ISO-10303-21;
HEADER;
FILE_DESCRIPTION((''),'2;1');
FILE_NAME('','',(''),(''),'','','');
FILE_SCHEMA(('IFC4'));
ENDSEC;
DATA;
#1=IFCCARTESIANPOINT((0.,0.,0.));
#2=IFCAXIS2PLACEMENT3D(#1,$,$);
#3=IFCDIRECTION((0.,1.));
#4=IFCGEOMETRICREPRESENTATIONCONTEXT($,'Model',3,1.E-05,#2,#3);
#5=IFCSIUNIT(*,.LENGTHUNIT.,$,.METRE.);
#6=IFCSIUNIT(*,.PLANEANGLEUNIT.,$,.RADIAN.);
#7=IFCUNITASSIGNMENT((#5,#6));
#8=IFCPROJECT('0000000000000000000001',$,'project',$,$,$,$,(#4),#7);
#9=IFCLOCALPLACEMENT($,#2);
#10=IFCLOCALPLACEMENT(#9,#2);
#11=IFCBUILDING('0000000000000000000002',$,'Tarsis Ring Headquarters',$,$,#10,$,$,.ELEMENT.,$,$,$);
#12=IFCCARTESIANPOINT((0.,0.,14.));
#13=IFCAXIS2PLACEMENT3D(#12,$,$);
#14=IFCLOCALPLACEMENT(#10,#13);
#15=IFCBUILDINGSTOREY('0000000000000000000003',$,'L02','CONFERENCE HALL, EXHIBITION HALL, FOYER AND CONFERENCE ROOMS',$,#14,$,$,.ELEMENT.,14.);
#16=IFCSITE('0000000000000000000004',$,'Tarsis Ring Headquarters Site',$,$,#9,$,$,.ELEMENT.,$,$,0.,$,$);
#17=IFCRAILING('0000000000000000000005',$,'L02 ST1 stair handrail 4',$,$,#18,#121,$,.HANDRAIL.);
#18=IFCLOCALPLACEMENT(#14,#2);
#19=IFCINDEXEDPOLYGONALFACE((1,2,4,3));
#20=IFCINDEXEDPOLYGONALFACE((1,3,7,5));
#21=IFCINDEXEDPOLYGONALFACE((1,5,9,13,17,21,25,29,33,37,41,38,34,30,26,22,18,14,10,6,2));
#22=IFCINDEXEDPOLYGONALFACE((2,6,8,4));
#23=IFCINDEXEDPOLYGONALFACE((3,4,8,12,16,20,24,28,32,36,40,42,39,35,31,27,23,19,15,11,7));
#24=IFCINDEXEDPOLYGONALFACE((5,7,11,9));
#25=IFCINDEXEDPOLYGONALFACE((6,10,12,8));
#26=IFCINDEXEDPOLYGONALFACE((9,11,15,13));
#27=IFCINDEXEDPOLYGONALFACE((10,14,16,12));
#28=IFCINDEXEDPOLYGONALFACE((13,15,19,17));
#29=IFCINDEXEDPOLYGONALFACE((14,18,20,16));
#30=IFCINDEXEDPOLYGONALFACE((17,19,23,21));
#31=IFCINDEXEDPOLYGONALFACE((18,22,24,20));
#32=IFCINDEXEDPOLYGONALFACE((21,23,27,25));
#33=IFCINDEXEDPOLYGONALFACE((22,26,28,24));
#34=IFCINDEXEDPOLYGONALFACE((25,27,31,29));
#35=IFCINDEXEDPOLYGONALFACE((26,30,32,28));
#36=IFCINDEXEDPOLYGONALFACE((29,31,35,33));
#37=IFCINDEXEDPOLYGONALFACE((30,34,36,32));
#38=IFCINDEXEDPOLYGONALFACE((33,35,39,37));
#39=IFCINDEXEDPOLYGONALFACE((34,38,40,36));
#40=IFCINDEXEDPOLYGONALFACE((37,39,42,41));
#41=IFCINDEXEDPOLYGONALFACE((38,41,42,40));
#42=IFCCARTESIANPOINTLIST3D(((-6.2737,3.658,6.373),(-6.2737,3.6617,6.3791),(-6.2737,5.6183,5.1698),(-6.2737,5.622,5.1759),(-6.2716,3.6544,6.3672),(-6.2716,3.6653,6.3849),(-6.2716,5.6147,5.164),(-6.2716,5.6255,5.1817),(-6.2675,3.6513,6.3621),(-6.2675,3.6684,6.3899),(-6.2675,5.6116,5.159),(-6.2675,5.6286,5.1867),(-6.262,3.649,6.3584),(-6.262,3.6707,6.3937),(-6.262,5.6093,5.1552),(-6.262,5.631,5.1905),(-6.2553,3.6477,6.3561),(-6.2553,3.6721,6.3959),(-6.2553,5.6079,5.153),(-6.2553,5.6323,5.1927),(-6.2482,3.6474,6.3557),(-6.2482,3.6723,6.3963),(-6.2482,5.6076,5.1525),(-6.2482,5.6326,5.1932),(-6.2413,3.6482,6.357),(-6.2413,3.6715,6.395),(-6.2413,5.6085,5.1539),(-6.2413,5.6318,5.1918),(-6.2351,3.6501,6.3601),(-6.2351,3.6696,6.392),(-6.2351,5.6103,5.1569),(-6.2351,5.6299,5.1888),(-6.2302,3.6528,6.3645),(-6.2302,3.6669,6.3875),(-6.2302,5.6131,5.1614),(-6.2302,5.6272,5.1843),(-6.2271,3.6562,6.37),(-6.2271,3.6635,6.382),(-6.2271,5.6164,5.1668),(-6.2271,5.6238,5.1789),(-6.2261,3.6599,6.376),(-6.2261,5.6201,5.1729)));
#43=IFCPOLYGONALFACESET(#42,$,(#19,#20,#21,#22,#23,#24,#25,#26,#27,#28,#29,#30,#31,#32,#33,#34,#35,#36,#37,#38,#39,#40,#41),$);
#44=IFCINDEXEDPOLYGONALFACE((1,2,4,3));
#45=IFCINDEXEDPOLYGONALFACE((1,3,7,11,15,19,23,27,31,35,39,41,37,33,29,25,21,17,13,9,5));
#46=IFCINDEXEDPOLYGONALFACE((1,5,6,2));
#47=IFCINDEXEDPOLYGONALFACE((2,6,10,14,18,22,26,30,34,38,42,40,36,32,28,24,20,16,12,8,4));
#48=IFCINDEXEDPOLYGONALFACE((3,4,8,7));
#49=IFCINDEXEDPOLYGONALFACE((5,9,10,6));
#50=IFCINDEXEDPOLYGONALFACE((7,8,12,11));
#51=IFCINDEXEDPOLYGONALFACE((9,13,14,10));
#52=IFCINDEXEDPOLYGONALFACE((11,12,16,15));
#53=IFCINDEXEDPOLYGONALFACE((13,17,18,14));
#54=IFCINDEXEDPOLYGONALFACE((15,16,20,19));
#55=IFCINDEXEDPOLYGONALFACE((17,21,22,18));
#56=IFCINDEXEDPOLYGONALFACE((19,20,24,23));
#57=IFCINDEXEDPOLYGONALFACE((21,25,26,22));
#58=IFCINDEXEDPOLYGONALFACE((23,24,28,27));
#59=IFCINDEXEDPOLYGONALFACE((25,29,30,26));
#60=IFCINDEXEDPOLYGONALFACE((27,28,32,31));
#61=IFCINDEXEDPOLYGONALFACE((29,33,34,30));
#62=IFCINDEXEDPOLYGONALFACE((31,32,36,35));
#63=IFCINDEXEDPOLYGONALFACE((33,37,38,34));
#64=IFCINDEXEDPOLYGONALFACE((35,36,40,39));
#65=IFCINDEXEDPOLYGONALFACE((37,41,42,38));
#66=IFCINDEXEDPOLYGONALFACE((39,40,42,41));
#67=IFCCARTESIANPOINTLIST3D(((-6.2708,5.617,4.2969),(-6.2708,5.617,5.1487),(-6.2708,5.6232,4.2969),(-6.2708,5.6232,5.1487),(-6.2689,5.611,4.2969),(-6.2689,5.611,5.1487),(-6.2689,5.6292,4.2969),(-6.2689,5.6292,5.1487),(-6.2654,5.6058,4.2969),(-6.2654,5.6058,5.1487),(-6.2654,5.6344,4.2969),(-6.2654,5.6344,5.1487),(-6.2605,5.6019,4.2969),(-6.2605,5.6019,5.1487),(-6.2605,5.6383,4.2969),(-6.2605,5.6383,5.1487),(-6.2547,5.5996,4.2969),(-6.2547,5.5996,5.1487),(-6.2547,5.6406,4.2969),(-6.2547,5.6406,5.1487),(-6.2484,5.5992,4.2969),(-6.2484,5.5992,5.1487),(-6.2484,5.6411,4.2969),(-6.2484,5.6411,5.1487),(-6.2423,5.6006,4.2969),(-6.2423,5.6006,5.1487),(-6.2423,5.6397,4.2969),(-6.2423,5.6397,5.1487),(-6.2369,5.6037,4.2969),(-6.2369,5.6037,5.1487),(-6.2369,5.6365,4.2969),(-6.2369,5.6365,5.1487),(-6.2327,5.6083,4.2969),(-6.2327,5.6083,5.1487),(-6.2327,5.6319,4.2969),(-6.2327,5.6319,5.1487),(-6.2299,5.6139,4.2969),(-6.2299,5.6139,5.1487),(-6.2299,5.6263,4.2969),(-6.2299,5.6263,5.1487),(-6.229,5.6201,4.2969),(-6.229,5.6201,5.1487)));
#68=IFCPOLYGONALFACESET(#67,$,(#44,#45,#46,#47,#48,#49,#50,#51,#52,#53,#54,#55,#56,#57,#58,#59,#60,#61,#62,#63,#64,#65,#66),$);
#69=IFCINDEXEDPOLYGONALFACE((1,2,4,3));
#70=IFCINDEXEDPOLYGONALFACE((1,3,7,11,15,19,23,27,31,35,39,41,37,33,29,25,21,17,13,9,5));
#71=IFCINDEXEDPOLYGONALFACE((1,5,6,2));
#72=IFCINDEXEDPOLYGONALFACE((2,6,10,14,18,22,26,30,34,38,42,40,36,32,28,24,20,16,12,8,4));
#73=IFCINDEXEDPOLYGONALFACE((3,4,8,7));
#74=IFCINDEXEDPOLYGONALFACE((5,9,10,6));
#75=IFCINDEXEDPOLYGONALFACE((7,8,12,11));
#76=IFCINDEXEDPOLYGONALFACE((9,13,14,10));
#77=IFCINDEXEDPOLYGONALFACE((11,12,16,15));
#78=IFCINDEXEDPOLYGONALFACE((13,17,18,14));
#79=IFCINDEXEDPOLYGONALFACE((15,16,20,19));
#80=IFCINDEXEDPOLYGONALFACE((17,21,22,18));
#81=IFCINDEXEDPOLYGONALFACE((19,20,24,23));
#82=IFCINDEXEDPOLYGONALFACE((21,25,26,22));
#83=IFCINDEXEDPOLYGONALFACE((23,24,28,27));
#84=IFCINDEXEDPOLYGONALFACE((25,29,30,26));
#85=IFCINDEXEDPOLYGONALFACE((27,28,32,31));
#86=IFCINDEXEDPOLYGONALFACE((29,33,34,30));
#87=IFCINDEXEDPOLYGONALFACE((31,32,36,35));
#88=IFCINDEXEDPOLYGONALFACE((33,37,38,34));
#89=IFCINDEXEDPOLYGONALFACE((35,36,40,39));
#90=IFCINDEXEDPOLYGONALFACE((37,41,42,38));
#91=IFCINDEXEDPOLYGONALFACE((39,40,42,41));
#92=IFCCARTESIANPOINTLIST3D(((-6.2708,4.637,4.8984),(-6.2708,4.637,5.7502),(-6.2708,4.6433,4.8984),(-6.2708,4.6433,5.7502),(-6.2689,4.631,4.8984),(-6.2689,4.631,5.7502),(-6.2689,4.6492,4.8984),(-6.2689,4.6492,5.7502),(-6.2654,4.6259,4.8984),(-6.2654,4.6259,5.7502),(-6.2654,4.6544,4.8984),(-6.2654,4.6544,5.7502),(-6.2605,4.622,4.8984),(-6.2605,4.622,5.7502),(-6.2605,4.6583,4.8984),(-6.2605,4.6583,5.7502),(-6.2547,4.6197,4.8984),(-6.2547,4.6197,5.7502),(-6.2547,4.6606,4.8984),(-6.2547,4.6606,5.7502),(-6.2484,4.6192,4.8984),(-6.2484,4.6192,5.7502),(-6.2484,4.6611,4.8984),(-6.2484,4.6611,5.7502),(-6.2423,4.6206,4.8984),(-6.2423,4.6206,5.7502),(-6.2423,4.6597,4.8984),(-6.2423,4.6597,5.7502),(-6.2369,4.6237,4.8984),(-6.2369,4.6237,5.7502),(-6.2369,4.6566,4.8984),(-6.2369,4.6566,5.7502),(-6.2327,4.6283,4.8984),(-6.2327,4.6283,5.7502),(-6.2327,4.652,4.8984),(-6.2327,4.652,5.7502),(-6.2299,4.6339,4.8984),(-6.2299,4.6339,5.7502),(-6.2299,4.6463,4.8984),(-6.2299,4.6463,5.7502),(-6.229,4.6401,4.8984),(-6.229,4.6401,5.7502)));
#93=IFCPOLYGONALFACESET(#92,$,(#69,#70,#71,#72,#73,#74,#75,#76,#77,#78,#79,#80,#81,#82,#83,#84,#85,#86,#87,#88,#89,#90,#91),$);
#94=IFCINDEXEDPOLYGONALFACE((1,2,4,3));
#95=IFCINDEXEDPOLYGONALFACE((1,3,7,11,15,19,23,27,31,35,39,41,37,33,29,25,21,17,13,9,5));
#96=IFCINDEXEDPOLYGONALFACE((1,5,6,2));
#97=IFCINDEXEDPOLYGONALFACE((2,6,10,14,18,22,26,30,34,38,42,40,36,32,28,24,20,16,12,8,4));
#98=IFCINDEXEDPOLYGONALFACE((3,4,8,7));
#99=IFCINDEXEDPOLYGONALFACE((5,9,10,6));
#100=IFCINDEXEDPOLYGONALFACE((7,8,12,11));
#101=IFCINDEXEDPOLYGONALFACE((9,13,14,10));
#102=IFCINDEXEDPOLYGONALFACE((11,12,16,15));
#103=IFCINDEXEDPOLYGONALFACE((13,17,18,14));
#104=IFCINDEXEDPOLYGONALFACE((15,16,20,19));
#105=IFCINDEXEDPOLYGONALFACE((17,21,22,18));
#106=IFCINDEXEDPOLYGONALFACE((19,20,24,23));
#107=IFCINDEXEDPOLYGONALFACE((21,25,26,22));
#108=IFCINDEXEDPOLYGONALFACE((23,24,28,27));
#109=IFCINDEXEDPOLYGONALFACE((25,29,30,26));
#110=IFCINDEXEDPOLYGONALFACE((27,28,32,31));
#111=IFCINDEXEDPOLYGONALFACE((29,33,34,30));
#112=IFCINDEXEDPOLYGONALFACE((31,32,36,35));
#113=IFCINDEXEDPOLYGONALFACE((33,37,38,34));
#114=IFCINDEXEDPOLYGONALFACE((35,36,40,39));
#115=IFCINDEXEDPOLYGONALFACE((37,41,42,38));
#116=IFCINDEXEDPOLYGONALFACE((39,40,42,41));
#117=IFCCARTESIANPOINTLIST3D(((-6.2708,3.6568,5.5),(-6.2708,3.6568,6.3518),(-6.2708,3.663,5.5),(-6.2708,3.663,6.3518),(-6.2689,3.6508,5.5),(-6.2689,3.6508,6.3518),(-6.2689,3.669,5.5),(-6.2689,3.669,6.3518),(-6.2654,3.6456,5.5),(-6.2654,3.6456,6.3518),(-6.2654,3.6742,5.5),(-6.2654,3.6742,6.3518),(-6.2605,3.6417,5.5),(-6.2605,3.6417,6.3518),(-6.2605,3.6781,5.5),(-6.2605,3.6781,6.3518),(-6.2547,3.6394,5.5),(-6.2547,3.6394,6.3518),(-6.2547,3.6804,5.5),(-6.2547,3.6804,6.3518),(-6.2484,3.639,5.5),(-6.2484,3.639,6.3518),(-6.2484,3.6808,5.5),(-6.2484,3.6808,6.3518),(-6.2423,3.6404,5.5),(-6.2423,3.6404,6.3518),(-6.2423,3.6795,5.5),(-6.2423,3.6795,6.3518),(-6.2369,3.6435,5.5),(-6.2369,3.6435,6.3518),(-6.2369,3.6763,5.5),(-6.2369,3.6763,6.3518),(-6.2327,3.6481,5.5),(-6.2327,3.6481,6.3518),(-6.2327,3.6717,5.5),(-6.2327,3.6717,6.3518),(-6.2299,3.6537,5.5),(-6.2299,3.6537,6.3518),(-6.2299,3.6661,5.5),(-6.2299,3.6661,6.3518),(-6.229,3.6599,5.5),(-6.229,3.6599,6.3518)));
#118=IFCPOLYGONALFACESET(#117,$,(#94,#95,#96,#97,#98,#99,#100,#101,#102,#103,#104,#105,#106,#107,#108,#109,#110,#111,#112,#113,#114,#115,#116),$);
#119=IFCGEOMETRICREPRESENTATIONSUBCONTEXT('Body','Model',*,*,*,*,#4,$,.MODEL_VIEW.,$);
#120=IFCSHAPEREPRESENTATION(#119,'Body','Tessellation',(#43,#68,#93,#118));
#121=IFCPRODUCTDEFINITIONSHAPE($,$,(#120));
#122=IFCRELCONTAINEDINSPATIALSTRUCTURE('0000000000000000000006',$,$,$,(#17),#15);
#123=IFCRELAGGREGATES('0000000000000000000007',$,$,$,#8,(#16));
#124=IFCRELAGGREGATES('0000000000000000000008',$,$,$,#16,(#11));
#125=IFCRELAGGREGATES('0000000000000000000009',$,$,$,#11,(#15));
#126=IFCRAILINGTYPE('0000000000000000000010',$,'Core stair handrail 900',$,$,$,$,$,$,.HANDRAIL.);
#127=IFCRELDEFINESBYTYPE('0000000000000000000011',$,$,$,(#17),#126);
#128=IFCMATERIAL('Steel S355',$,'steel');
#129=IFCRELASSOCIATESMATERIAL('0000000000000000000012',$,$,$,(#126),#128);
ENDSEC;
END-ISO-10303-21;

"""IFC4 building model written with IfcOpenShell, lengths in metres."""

from ifc_helpers import new_model, si_unit, direction, frame, origin, origin_2d, place, context, subcontext, project, spatial, circle, extrude, material, type_object, element, save


model = new_model("IFC4")

# Units and contexts
model_context = context("Model", 3, precision=1e-05, world=origin(), true_north=direction((0.0, 1.0)))
body_context = subcontext(model_context, "Body", "Model", "MODEL_VIEW")
ifc_project = project(units=[si_unit("LENGTHUNIT", "METRE"), si_unit("PLANEANGLEUNIT", "RADIAN")], contexts=[model_context])

# Site, building, storey
site_placement = place(None, origin())
site = spatial("IfcSite", under=ifc_project, at=site_placement, Name="Tarsis Ring Headquarters Site", CompositionType="ELEMENT", RefElevation=0.0)
building_placement = place(site_placement, origin())
building = spatial("IfcBuilding", under=site, at=building_placement, Name="Tarsis Ring Headquarters", CompositionType="ELEMENT")
storey_placement = place(building_placement, frame((0.0, 0.0, 14.0)))
storey = spatial("IfcBuildingStorey", under=building, at=storey_placement, Name="L02", Description="CONFERENCE HALL, EXHIBITION HALL, FOYER AND CONFERENCE ROOMS", CompositionType="ELEMENT", Elevation=14.0)

# Shared definitions
ifc_material_1 = material(Name="Steel S355", Category="steel")

# Railing
railing_type_1 = type_object("IfcRailingType", Name="Core stair handrail 900", PredefinedType="HANDRAIL", material=ifc_material_1)
railing_1_placement = place(storey_placement, frame((-6.25, 5.6201, 4.2969)))
element("IfcRailing", 1, at=railing_1_placement, inside=storey, type_object=railing_type_1, Name="L02 ST1 stair handrail 4", PredefinedType="HANDRAIL", context=body_context, shape_type="SweptSolid", body=[
    extrude(circle(Radius=0.0239, at=origin_2d()), frame((0.0, 0.0, 0.876), z_axis=(0.0, -0.85227, 0.523102), x_axis=(1.0, 0.0, 0.0)), (0.0, 0.0, 1.0), 2.3),
    extrude(circle(Radius=0.021, at=origin_2d()), origin(), (0.0, 0.0, 1.0), 0.8518),
    extrude(circle(Radius=0.021, at=origin_2d()), frame((0.0, -0.98, 0.6016)), (0.0, 0.0, 1.0), 0.8518),
    extrude(circle(Radius=0.021, at=origin_2d()), frame((0.0, -1.9602, 1.2031)), (0.0, 0.0, 1.0), 0.8518),
])

save(model, "model.ifc")
